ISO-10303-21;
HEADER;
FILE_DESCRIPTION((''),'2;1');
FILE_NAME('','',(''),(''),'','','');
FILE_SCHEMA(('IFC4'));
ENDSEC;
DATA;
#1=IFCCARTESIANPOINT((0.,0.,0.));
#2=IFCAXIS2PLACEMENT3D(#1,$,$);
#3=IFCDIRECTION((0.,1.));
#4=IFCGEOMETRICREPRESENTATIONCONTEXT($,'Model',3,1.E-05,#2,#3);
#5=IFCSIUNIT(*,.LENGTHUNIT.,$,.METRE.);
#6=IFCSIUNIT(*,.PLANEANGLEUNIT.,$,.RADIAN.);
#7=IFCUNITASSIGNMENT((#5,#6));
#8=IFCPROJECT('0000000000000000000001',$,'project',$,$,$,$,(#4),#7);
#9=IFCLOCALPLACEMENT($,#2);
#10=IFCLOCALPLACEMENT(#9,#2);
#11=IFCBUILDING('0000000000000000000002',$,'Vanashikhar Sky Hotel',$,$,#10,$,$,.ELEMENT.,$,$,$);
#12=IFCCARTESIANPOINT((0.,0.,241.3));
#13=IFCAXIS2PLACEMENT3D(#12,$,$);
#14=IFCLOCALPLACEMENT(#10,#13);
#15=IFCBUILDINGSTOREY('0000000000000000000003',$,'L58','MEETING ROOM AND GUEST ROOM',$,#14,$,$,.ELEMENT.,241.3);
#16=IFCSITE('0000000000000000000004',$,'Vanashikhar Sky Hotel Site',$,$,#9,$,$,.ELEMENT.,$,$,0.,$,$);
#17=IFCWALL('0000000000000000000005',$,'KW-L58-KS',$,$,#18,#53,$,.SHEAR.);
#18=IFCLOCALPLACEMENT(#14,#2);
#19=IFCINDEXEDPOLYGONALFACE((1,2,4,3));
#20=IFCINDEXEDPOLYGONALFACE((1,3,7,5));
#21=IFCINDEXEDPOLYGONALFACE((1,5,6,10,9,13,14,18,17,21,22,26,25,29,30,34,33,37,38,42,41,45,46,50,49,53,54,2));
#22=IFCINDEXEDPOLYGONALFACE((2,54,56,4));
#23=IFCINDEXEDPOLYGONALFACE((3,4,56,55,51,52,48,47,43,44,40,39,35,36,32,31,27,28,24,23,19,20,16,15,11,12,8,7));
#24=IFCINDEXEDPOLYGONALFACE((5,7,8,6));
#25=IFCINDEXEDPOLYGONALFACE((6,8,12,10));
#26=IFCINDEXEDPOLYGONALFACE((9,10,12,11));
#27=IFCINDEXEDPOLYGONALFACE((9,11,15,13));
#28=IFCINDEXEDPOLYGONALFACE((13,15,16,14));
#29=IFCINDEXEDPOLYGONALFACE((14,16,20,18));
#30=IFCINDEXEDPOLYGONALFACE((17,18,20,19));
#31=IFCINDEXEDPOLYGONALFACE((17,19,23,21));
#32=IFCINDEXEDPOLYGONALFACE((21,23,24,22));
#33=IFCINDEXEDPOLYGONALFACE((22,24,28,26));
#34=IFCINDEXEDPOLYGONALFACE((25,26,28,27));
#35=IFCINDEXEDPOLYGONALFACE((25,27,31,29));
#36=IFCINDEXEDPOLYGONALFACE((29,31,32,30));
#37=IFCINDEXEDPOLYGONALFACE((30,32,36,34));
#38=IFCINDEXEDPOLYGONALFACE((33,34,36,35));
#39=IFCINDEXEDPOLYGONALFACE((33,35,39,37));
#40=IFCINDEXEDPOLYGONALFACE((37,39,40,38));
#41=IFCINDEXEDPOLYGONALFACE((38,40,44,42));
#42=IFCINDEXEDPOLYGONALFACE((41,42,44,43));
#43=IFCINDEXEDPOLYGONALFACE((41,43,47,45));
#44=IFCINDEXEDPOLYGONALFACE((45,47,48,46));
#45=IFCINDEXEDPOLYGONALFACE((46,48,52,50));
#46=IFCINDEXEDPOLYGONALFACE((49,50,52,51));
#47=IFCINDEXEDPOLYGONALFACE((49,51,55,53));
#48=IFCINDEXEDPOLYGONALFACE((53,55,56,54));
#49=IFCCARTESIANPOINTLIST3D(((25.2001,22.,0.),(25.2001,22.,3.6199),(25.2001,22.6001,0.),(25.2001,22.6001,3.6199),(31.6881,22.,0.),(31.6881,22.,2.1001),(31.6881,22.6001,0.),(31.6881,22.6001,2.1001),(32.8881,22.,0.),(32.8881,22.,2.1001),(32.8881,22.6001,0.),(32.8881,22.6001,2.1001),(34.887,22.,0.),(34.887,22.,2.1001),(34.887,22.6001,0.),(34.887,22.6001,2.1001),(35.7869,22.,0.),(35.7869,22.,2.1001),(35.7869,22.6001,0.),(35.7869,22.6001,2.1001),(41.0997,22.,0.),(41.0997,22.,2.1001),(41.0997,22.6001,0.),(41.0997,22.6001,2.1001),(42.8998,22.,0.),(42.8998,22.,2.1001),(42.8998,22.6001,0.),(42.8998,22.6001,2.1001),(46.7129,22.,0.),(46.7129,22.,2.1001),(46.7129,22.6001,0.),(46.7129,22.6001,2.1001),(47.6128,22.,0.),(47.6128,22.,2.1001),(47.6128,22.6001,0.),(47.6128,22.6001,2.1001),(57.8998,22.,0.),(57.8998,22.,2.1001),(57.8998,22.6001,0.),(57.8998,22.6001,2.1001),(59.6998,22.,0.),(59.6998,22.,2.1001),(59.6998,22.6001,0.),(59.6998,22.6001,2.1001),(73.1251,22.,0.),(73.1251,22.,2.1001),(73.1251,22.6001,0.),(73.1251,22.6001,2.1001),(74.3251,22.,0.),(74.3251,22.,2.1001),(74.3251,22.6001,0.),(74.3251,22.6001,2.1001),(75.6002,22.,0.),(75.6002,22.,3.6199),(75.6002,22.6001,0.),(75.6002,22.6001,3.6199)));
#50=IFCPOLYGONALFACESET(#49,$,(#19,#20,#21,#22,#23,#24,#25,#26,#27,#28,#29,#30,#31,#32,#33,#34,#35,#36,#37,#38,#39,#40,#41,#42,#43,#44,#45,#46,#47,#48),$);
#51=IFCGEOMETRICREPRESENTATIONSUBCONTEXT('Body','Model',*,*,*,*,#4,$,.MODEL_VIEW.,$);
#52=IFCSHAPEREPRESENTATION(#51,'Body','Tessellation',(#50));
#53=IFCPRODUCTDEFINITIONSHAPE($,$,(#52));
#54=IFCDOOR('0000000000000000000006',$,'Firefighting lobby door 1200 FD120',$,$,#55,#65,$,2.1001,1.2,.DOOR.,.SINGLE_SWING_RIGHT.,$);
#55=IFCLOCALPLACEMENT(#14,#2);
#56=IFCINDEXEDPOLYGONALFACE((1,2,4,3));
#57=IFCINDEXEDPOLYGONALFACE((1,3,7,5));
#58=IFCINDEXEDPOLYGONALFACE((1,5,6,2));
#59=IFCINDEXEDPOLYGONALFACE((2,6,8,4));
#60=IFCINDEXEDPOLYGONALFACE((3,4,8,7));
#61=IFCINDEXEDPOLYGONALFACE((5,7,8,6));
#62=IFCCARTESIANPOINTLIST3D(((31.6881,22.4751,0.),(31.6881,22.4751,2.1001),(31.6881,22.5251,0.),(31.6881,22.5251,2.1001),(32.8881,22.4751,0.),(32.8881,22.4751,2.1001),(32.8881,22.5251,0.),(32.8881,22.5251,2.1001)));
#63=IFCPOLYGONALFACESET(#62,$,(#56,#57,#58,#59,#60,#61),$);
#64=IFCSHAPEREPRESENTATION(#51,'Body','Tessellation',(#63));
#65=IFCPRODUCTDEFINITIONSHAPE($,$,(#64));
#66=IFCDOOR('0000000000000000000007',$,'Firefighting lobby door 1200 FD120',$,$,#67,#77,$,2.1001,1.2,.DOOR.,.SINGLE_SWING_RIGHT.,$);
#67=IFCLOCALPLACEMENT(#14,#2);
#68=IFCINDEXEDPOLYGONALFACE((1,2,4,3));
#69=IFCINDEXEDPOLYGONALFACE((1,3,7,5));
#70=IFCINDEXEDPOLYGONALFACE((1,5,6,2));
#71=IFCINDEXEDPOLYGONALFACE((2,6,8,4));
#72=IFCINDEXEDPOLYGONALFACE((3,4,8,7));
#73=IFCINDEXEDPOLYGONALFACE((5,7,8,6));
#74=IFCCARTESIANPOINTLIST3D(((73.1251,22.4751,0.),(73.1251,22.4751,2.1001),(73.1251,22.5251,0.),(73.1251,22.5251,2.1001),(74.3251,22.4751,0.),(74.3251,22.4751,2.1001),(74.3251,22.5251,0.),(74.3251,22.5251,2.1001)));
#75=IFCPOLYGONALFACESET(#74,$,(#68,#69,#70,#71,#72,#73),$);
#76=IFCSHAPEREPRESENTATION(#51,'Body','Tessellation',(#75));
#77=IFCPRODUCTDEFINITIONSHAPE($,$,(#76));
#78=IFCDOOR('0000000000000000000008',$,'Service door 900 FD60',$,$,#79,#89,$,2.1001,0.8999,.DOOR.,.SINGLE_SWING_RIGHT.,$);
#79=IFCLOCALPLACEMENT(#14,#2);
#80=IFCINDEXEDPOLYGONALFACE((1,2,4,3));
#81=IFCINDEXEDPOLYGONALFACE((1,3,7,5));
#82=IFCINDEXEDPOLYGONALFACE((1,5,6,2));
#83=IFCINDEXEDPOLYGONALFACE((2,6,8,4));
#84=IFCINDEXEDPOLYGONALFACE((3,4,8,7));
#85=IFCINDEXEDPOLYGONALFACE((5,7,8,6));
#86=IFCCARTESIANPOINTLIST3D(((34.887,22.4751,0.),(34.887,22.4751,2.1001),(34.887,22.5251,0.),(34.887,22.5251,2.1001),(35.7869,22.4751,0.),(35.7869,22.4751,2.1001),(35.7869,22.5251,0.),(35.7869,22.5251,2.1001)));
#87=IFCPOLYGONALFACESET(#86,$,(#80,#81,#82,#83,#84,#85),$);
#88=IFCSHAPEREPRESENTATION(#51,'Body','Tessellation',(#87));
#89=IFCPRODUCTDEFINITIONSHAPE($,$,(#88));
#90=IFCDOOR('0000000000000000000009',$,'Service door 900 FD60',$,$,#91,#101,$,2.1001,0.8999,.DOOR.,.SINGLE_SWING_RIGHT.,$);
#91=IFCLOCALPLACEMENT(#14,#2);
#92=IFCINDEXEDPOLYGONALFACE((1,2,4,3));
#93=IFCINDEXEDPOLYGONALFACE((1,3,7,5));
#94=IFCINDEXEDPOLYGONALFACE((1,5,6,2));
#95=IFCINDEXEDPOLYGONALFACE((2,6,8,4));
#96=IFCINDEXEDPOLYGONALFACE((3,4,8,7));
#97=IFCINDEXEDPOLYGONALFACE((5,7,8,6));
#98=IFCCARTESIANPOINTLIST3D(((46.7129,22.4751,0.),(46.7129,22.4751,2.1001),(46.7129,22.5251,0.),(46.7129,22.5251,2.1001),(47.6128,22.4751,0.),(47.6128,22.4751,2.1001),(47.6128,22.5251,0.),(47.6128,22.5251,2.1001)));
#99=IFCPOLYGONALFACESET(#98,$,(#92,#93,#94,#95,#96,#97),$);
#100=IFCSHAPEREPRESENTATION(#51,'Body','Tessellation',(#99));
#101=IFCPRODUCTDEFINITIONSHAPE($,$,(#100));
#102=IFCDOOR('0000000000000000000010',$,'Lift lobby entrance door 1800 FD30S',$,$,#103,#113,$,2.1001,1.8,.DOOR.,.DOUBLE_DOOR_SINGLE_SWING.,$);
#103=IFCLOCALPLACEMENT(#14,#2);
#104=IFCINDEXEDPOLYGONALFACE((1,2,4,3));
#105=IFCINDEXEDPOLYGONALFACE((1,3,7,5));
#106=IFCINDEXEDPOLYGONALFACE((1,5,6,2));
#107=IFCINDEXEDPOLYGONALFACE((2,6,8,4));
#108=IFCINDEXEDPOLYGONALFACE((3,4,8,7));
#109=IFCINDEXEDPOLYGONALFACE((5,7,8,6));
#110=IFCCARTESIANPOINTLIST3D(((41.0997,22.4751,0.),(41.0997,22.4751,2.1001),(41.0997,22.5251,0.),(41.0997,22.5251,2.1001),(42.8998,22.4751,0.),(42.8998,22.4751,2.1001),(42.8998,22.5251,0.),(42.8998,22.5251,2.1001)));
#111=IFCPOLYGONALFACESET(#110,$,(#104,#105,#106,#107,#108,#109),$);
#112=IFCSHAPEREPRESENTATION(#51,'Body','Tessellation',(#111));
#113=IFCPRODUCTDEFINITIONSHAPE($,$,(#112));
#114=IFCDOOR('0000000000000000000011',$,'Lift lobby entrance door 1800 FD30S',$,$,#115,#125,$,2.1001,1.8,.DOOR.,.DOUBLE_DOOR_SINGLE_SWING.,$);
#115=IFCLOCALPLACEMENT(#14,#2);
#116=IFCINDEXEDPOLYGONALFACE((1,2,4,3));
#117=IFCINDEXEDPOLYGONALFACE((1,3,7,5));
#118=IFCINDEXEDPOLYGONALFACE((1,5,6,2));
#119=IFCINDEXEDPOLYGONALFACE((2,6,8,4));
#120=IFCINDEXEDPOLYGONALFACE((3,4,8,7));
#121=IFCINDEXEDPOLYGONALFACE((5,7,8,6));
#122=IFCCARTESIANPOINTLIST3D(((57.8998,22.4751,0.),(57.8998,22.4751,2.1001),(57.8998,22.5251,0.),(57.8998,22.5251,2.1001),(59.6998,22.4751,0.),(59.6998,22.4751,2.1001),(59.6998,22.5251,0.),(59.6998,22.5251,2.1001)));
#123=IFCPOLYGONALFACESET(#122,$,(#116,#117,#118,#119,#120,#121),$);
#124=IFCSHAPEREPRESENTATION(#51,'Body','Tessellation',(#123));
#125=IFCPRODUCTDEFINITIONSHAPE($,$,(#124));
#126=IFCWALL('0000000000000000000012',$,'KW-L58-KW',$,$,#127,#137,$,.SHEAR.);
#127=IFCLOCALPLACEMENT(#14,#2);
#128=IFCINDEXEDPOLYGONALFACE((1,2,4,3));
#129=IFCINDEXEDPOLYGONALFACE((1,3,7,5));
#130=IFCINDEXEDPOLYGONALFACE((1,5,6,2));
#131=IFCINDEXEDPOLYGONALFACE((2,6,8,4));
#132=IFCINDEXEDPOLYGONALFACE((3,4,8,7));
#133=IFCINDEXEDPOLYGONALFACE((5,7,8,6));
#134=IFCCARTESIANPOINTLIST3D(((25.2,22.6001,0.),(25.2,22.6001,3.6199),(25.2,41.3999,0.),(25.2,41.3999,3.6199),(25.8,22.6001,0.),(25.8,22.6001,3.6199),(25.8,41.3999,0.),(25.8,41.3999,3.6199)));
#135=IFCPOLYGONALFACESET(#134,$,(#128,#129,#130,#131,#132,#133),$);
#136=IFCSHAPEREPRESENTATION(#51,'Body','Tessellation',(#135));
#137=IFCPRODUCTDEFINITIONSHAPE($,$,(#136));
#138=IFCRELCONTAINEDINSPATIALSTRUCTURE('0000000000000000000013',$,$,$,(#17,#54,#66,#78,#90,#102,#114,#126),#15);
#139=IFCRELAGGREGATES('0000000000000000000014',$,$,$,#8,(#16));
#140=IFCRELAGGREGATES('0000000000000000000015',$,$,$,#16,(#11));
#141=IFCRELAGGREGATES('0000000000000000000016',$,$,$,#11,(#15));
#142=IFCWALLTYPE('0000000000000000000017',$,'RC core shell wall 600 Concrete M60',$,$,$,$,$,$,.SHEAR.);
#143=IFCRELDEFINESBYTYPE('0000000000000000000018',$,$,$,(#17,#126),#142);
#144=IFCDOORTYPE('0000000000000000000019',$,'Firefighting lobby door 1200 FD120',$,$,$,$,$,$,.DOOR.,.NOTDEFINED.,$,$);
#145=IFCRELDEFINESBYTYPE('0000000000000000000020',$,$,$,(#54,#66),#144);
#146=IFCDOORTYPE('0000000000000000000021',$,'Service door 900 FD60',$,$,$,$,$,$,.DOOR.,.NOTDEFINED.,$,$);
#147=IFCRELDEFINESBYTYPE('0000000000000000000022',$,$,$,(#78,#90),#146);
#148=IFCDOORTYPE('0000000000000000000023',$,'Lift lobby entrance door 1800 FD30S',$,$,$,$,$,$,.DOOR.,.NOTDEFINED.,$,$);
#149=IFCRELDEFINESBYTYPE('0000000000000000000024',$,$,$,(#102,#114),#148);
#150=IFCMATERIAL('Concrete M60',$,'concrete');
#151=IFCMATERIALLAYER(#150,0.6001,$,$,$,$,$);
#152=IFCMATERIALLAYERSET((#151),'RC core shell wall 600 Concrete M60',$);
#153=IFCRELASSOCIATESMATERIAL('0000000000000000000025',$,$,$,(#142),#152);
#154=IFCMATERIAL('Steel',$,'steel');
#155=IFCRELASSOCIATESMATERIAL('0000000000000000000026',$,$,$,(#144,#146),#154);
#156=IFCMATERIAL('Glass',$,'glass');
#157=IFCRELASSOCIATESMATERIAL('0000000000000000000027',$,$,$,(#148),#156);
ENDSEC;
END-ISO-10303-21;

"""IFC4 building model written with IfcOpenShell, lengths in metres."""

from ifc_helpers import new_model, si_unit, direction, frame, frame_2d, origin, place, context, subcontext, project, spatial, rectangle, extrude, source, transform, mapped, material, layer, layer_set, type_object, element, fill, save


model = new_model("IFC4")

# Units and contexts
model_context = context("Model", 3, precision=1e-05, world=origin(), true_north=direction((0.0, 1.0)))
body_context = subcontext(model_context, "Body", "Model", "MODEL_VIEW")
ifc_project = project(units=[si_unit("LENGTHUNIT", "METRE"), si_unit("PLANEANGLEUNIT", "RADIAN")], contexts=[model_context])

# Site, building, storey
site_placement = place(None, origin())
site = spatial("IfcSite", under=ifc_project, at=site_placement, Name="Vanashikhar Sky Hotel Site", CompositionType="ELEMENT", RefElevation=0.0)
building_placement = place(site_placement, origin())
building = spatial("IfcBuilding", under=site, at=building_placement, Name="Vanashikhar Sky Hotel", CompositionType="ELEMENT")
storey_placement = place(building_placement, frame((0.0, 0.0, 241.3)))
storey = spatial("IfcBuildingStorey", under=building, at=storey_placement, Name="L58", Description="MEETING ROOM AND GUEST ROOM", CompositionType="ELEMENT", Elevation=241.3)

# Wall, openings, doors
ifc_material_1 = material(Name="Concrete M60", Category="concrete")
ifc_layer_1 = layer(ifc_material_1, 0.6001)
ifc_layer_set_1 = layer_set([ifc_layer_1], Name="RC core shell wall 600 Concrete M60")
wall_type_1 = type_object("IfcWallType", Name="RC core shell wall 600 Concrete M60", PredefinedType="SHEAR", material=ifc_layer_set_1)
shared_shape_1 = source(origin(), body_context, "Body", "SweptSolid", [
    extrude(rectangle(XDim=50.4001, YDim=0.6001, at=frame_2d((25.2002, 0.0))), origin(), (0.0, 0.0, 1.0), 3.6199),
])
wall_1_placement = place(storey_placement, frame((25.2, 22.3, 0.0), z_axis=(0.0, 0.0, 1.0), x_axis=(1.0, 0.0, 0.0)))
wall_1 = element("IfcWall", 1, at=wall_1_placement, inside=storey, type_object=wall_type_1, Name="KW-L58-KS", PredefinedType="SHEAR", context=body_context, shape_type="MappedRepresentation", body=[
    mapped(shared_shape_1, transform((0.0, 0.0, 0.0), scale=1.0)),
])
shared_shape_2 = source(origin(), body_context, "Body", "SweptSolid", [
    extrude(rectangle(XDim=1.8, YDim=2.1001, at=frame_2d((0.8999, 1.05))), frame((0.0, 0.3101, 0.0), z_axis=(0.0, -1.0, 0.0), x_axis=(1.0, 0.0, 0.0)), (0.0, 0.0, 1.0), 0.6201),
])
opening_1_placement = place(wall_1_placement, frame((15.8999, 0.0, 0.0)))
opening_1 = element("IfcOpeningElement", 2, at=opening_1_placement, cuts=wall_1, PredefinedType="OPENING", context=body_context, shape_type="MappedRepresentation", body=[
    mapped(shared_shape_2, transform((0.0, 0.0, 0.0), scale=1.0)),
])
shared_shape_3 = source(origin(), body_context, "Body", "SweptSolid", [
    extrude(rectangle(XDim=0.8999, YDim=2.1001, at=frame_2d((0.45, 1.05))), frame((0.0, 0.3101, 0.0), z_axis=(0.0, -1.0, 0.0), x_axis=(1.0, 0.0, 0.0)), (0.0, 0.0, 1.0), 0.6201),
])
opening_2_placement = place(wall_1_placement, frame((9.687, 0.0, 0.0)))
opening_2 = element("IfcOpeningElement", 3, at=opening_2_placement, cuts=wall_1, PredefinedType="OPENING", context=body_context, shape_type="MappedRepresentation", body=[
    mapped(shared_shape_3, transform((0.0, 0.0, 0.0), scale=1.0)),
])
opening_3_placement = place(wall_1_placement, frame((21.5129, 0.0, 0.0)))
opening_3 = element("IfcOpeningElement", 4, at=opening_3_placement, cuts=wall_1, PredefinedType="OPENING", context=body_context, shape_type="MappedRepresentation", body=[
    mapped(shared_shape_3, transform((0.0, 0.0, 0.0), scale=1.0)),
])
opening_4_placement = place(wall_1_placement, frame((32.7, 0.0, 0.0)))
opening_4 = element("IfcOpeningElement", 5, at=opening_4_placement, cuts=wall_1, PredefinedType="OPENING", context=body_context, shape_type="MappedRepresentation", body=[
    mapped(shared_shape_2, transform((0.0, 0.0, 0.0), scale=1.0)),
])
shared_shape_4 = source(origin(), body_context, "Body", "SweptSolid", [
    extrude(rectangle(XDim=1.2, YDim=2.1001, at=frame_2d((0.6001, 1.05))), frame((0.0, 0.3101, 0.0), z_axis=(0.0, -1.0, 0.0), x_axis=(1.0, 0.0, 0.0)), (0.0, 0.0, 1.0), 0.6201),
])
opening_5_placement = place(wall_1_placement, frame((6.488, 0.0, 0.0)))
opening_5 = element("IfcOpeningElement", 6, at=opening_5_placement, cuts=wall_1, PredefinedType="OPENING", context=body_context, shape_type="MappedRepresentation", body=[
    mapped(shared_shape_4, transform((0.0, 0.0, 0.0), scale=1.0)),
])
opening_6_placement = place(wall_1_placement, frame((47.925, 0.0, 0.0)))
opening_6 = element("IfcOpeningElement", 7, at=opening_6_placement, cuts=wall_1, PredefinedType="OPENING", context=body_context, shape_type="MappedRepresentation", body=[
    mapped(shared_shape_4, transform((0.0, 0.0, 0.0), scale=1.0)),
])
ifc_material_2 = material(Name="Steel", Category="steel")
door_type_1 = type_object("IfcDoorType", Name="Firefighting lobby door 1200 FD120", OperationType="NOTDEFINED", PredefinedType="DOOR", material=ifc_material_2)
shared_shape_5 = source(origin(), body_context, "Body", "SweptSolid", [
    extrude(rectangle(XDim=1.2, YDim=2.1001, at=frame_2d((0.6001, 1.05))), frame((0.0, 0.2251, 0.0), z_axis=(0.0, -1.0, 0.0), x_axis=(1.0, 0.0, 0.0)), (0.0, 0.0, 1.0), 0.05),
])
door_1_placement = place(opening_5_placement, origin())
door_1 = element("IfcDoor", 8, at=door_1_placement, inside=storey, type_object=door_type_1, Name="Firefighting lobby door 1200 FD120", OperationType="SINGLE_SWING_RIGHT", OverallHeight=2.1001, OverallWidth=1.2, PredefinedType="DOOR", context=body_context, shape_type="MappedRepresentation", body=[
    mapped(shared_shape_5, transform((0.0, 0.0, 0.0), scale=1.0)),
])
fill(opening_5, door_1)
door_2_placement = place(opening_6_placement, origin())
door_2 = element("IfcDoor", 9, at=door_2_placement, inside=storey, type_object=door_type_1, Name="Firefighting lobby door 1200 FD120", OperationType="SINGLE_SWING_RIGHT", OverallHeight=2.1001, OverallWidth=1.2, PredefinedType="DOOR", context=body_context, shape_type="MappedRepresentation", body=[
    mapped(shared_shape_5, transform((0.0, 0.0, 0.0), scale=1.0)),
])
fill(opening_6, door_2)
door_type_2 = type_object("IfcDoorType", Name="Service door 900 FD60", OperationType="NOTDEFINED", PredefinedType="DOOR", material=ifc_material_2)
shared_shape_6 = source(origin(), body_context, "Body", "SweptSolid", [
    extrude(rectangle(XDim=0.8999, YDim=2.1001, at=frame_2d((0.45, 1.05))), frame((0.0, 0.2251, 0.0), z_axis=(0.0, -1.0, 0.0), x_axis=(1.0, 0.0, 0.0)), (0.0, 0.0, 1.0), 0.05),
])
door_3_placement = place(opening_2_placement, origin())
door_3 = element("IfcDoor", 10, at=door_3_placement, inside=storey, type_object=door_type_2, Name="Service door 900 FD60", OperationType="SINGLE_SWING_RIGHT", OverallHeight=2.1001, OverallWidth=0.8999, PredefinedType="DOOR", context=body_context, shape_type="MappedRepresentation", body=[
    mapped(shared_shape_6, transform((0.0, 0.0, 0.0), scale=1.0)),
])
fill(opening_2, door_3)
door_4_placement = place(opening_3_placement, origin())
door_4 = element("IfcDoor", 11, at=door_4_placement, inside=storey, type_object=door_type_2, Name="Service door 900 FD60", OperationType="SINGLE_SWING_RIGHT", OverallHeight=2.1001, OverallWidth=0.8999, PredefinedType="DOOR", context=body_context, shape_type="MappedRepresentation", body=[
    mapped(shared_shape_6, transform((0.0, 0.0, 0.0), scale=1.0)),
])
fill(opening_3, door_4)
ifc_material_3 = material(Name="Glass", Category="glass")
door_type_3 = type_object("IfcDoorType", Name="Lift lobby entrance door 1800 FD30S", OperationType="NOTDEFINED", PredefinedType="DOOR", material=ifc_material_3)
shared_shape_7 = source(origin(), body_context, "Body", "SweptSolid", [
    extrude(rectangle(XDim=1.8, YDim=2.1001, at=frame_2d((0.8999, 1.05))), frame((0.0, 0.2251, 0.0), z_axis=(0.0, -1.0, 0.0), x_axis=(1.0, 0.0, 0.0)), (0.0, 0.0, 1.0), 0.05),
])
door_5_placement = place(opening_1_placement, origin())
door_5 = element("IfcDoor", 12, at=door_5_placement, inside=storey, type_object=door_type_3, Name="Lift lobby entrance door 1800 FD30S", OperationType="DOUBLE_DOOR_SINGLE_SWING", OverallHeight=2.1001, OverallWidth=1.8, PredefinedType="DOOR", context=body_context, shape_type="MappedRepresentation", body=[
    mapped(shared_shape_7, transform((0.0, 0.0, 0.0), scale=1.0)),
])
fill(opening_1, door_5)
door_6_placement = place(opening_4_placement, origin())
door_6 = element("IfcDoor", 13, at=door_6_placement, inside=storey, type_object=door_type_3, Name="Lift lobby entrance door 1800 FD30S", OperationType="DOUBLE_DOOR_SINGLE_SWING", OverallHeight=2.1001, OverallWidth=1.8, PredefinedType="DOOR", context=body_context, shape_type="MappedRepresentation", body=[
    mapped(shared_shape_7, transform((0.0, 0.0, 0.0), scale=1.0)),
])
fill(opening_4, door_6)

# Wall
shared_shape_8 = source(origin(), body_context, "Body", "SweptSolid", [
    extrude(rectangle(XDim=18.7998, YDim=0.6001, at=frame_2d((9.3999, 0.0))), origin(), (0.0, 0.0, 1.0), 3.6199),
])
wall_2_placement = place(storey_placement, frame((25.5, 22.6001, 0.0), z_axis=(0.0, 0.0, 1.0), x_axis=(0.0, 1.0, 0.0)))
element("IfcWall", 14, at=wall_2_placement, inside=storey, type_object=wall_type_1, Name="KW-L58-KW", PredefinedType="SHEAR", context=body_context, shape_type="MappedRepresentation", body=[
    mapped(shared_shape_8, transform((0.0, 0.0, 0.0), scale=1.0)),
])

save(model, "model.ifc")
